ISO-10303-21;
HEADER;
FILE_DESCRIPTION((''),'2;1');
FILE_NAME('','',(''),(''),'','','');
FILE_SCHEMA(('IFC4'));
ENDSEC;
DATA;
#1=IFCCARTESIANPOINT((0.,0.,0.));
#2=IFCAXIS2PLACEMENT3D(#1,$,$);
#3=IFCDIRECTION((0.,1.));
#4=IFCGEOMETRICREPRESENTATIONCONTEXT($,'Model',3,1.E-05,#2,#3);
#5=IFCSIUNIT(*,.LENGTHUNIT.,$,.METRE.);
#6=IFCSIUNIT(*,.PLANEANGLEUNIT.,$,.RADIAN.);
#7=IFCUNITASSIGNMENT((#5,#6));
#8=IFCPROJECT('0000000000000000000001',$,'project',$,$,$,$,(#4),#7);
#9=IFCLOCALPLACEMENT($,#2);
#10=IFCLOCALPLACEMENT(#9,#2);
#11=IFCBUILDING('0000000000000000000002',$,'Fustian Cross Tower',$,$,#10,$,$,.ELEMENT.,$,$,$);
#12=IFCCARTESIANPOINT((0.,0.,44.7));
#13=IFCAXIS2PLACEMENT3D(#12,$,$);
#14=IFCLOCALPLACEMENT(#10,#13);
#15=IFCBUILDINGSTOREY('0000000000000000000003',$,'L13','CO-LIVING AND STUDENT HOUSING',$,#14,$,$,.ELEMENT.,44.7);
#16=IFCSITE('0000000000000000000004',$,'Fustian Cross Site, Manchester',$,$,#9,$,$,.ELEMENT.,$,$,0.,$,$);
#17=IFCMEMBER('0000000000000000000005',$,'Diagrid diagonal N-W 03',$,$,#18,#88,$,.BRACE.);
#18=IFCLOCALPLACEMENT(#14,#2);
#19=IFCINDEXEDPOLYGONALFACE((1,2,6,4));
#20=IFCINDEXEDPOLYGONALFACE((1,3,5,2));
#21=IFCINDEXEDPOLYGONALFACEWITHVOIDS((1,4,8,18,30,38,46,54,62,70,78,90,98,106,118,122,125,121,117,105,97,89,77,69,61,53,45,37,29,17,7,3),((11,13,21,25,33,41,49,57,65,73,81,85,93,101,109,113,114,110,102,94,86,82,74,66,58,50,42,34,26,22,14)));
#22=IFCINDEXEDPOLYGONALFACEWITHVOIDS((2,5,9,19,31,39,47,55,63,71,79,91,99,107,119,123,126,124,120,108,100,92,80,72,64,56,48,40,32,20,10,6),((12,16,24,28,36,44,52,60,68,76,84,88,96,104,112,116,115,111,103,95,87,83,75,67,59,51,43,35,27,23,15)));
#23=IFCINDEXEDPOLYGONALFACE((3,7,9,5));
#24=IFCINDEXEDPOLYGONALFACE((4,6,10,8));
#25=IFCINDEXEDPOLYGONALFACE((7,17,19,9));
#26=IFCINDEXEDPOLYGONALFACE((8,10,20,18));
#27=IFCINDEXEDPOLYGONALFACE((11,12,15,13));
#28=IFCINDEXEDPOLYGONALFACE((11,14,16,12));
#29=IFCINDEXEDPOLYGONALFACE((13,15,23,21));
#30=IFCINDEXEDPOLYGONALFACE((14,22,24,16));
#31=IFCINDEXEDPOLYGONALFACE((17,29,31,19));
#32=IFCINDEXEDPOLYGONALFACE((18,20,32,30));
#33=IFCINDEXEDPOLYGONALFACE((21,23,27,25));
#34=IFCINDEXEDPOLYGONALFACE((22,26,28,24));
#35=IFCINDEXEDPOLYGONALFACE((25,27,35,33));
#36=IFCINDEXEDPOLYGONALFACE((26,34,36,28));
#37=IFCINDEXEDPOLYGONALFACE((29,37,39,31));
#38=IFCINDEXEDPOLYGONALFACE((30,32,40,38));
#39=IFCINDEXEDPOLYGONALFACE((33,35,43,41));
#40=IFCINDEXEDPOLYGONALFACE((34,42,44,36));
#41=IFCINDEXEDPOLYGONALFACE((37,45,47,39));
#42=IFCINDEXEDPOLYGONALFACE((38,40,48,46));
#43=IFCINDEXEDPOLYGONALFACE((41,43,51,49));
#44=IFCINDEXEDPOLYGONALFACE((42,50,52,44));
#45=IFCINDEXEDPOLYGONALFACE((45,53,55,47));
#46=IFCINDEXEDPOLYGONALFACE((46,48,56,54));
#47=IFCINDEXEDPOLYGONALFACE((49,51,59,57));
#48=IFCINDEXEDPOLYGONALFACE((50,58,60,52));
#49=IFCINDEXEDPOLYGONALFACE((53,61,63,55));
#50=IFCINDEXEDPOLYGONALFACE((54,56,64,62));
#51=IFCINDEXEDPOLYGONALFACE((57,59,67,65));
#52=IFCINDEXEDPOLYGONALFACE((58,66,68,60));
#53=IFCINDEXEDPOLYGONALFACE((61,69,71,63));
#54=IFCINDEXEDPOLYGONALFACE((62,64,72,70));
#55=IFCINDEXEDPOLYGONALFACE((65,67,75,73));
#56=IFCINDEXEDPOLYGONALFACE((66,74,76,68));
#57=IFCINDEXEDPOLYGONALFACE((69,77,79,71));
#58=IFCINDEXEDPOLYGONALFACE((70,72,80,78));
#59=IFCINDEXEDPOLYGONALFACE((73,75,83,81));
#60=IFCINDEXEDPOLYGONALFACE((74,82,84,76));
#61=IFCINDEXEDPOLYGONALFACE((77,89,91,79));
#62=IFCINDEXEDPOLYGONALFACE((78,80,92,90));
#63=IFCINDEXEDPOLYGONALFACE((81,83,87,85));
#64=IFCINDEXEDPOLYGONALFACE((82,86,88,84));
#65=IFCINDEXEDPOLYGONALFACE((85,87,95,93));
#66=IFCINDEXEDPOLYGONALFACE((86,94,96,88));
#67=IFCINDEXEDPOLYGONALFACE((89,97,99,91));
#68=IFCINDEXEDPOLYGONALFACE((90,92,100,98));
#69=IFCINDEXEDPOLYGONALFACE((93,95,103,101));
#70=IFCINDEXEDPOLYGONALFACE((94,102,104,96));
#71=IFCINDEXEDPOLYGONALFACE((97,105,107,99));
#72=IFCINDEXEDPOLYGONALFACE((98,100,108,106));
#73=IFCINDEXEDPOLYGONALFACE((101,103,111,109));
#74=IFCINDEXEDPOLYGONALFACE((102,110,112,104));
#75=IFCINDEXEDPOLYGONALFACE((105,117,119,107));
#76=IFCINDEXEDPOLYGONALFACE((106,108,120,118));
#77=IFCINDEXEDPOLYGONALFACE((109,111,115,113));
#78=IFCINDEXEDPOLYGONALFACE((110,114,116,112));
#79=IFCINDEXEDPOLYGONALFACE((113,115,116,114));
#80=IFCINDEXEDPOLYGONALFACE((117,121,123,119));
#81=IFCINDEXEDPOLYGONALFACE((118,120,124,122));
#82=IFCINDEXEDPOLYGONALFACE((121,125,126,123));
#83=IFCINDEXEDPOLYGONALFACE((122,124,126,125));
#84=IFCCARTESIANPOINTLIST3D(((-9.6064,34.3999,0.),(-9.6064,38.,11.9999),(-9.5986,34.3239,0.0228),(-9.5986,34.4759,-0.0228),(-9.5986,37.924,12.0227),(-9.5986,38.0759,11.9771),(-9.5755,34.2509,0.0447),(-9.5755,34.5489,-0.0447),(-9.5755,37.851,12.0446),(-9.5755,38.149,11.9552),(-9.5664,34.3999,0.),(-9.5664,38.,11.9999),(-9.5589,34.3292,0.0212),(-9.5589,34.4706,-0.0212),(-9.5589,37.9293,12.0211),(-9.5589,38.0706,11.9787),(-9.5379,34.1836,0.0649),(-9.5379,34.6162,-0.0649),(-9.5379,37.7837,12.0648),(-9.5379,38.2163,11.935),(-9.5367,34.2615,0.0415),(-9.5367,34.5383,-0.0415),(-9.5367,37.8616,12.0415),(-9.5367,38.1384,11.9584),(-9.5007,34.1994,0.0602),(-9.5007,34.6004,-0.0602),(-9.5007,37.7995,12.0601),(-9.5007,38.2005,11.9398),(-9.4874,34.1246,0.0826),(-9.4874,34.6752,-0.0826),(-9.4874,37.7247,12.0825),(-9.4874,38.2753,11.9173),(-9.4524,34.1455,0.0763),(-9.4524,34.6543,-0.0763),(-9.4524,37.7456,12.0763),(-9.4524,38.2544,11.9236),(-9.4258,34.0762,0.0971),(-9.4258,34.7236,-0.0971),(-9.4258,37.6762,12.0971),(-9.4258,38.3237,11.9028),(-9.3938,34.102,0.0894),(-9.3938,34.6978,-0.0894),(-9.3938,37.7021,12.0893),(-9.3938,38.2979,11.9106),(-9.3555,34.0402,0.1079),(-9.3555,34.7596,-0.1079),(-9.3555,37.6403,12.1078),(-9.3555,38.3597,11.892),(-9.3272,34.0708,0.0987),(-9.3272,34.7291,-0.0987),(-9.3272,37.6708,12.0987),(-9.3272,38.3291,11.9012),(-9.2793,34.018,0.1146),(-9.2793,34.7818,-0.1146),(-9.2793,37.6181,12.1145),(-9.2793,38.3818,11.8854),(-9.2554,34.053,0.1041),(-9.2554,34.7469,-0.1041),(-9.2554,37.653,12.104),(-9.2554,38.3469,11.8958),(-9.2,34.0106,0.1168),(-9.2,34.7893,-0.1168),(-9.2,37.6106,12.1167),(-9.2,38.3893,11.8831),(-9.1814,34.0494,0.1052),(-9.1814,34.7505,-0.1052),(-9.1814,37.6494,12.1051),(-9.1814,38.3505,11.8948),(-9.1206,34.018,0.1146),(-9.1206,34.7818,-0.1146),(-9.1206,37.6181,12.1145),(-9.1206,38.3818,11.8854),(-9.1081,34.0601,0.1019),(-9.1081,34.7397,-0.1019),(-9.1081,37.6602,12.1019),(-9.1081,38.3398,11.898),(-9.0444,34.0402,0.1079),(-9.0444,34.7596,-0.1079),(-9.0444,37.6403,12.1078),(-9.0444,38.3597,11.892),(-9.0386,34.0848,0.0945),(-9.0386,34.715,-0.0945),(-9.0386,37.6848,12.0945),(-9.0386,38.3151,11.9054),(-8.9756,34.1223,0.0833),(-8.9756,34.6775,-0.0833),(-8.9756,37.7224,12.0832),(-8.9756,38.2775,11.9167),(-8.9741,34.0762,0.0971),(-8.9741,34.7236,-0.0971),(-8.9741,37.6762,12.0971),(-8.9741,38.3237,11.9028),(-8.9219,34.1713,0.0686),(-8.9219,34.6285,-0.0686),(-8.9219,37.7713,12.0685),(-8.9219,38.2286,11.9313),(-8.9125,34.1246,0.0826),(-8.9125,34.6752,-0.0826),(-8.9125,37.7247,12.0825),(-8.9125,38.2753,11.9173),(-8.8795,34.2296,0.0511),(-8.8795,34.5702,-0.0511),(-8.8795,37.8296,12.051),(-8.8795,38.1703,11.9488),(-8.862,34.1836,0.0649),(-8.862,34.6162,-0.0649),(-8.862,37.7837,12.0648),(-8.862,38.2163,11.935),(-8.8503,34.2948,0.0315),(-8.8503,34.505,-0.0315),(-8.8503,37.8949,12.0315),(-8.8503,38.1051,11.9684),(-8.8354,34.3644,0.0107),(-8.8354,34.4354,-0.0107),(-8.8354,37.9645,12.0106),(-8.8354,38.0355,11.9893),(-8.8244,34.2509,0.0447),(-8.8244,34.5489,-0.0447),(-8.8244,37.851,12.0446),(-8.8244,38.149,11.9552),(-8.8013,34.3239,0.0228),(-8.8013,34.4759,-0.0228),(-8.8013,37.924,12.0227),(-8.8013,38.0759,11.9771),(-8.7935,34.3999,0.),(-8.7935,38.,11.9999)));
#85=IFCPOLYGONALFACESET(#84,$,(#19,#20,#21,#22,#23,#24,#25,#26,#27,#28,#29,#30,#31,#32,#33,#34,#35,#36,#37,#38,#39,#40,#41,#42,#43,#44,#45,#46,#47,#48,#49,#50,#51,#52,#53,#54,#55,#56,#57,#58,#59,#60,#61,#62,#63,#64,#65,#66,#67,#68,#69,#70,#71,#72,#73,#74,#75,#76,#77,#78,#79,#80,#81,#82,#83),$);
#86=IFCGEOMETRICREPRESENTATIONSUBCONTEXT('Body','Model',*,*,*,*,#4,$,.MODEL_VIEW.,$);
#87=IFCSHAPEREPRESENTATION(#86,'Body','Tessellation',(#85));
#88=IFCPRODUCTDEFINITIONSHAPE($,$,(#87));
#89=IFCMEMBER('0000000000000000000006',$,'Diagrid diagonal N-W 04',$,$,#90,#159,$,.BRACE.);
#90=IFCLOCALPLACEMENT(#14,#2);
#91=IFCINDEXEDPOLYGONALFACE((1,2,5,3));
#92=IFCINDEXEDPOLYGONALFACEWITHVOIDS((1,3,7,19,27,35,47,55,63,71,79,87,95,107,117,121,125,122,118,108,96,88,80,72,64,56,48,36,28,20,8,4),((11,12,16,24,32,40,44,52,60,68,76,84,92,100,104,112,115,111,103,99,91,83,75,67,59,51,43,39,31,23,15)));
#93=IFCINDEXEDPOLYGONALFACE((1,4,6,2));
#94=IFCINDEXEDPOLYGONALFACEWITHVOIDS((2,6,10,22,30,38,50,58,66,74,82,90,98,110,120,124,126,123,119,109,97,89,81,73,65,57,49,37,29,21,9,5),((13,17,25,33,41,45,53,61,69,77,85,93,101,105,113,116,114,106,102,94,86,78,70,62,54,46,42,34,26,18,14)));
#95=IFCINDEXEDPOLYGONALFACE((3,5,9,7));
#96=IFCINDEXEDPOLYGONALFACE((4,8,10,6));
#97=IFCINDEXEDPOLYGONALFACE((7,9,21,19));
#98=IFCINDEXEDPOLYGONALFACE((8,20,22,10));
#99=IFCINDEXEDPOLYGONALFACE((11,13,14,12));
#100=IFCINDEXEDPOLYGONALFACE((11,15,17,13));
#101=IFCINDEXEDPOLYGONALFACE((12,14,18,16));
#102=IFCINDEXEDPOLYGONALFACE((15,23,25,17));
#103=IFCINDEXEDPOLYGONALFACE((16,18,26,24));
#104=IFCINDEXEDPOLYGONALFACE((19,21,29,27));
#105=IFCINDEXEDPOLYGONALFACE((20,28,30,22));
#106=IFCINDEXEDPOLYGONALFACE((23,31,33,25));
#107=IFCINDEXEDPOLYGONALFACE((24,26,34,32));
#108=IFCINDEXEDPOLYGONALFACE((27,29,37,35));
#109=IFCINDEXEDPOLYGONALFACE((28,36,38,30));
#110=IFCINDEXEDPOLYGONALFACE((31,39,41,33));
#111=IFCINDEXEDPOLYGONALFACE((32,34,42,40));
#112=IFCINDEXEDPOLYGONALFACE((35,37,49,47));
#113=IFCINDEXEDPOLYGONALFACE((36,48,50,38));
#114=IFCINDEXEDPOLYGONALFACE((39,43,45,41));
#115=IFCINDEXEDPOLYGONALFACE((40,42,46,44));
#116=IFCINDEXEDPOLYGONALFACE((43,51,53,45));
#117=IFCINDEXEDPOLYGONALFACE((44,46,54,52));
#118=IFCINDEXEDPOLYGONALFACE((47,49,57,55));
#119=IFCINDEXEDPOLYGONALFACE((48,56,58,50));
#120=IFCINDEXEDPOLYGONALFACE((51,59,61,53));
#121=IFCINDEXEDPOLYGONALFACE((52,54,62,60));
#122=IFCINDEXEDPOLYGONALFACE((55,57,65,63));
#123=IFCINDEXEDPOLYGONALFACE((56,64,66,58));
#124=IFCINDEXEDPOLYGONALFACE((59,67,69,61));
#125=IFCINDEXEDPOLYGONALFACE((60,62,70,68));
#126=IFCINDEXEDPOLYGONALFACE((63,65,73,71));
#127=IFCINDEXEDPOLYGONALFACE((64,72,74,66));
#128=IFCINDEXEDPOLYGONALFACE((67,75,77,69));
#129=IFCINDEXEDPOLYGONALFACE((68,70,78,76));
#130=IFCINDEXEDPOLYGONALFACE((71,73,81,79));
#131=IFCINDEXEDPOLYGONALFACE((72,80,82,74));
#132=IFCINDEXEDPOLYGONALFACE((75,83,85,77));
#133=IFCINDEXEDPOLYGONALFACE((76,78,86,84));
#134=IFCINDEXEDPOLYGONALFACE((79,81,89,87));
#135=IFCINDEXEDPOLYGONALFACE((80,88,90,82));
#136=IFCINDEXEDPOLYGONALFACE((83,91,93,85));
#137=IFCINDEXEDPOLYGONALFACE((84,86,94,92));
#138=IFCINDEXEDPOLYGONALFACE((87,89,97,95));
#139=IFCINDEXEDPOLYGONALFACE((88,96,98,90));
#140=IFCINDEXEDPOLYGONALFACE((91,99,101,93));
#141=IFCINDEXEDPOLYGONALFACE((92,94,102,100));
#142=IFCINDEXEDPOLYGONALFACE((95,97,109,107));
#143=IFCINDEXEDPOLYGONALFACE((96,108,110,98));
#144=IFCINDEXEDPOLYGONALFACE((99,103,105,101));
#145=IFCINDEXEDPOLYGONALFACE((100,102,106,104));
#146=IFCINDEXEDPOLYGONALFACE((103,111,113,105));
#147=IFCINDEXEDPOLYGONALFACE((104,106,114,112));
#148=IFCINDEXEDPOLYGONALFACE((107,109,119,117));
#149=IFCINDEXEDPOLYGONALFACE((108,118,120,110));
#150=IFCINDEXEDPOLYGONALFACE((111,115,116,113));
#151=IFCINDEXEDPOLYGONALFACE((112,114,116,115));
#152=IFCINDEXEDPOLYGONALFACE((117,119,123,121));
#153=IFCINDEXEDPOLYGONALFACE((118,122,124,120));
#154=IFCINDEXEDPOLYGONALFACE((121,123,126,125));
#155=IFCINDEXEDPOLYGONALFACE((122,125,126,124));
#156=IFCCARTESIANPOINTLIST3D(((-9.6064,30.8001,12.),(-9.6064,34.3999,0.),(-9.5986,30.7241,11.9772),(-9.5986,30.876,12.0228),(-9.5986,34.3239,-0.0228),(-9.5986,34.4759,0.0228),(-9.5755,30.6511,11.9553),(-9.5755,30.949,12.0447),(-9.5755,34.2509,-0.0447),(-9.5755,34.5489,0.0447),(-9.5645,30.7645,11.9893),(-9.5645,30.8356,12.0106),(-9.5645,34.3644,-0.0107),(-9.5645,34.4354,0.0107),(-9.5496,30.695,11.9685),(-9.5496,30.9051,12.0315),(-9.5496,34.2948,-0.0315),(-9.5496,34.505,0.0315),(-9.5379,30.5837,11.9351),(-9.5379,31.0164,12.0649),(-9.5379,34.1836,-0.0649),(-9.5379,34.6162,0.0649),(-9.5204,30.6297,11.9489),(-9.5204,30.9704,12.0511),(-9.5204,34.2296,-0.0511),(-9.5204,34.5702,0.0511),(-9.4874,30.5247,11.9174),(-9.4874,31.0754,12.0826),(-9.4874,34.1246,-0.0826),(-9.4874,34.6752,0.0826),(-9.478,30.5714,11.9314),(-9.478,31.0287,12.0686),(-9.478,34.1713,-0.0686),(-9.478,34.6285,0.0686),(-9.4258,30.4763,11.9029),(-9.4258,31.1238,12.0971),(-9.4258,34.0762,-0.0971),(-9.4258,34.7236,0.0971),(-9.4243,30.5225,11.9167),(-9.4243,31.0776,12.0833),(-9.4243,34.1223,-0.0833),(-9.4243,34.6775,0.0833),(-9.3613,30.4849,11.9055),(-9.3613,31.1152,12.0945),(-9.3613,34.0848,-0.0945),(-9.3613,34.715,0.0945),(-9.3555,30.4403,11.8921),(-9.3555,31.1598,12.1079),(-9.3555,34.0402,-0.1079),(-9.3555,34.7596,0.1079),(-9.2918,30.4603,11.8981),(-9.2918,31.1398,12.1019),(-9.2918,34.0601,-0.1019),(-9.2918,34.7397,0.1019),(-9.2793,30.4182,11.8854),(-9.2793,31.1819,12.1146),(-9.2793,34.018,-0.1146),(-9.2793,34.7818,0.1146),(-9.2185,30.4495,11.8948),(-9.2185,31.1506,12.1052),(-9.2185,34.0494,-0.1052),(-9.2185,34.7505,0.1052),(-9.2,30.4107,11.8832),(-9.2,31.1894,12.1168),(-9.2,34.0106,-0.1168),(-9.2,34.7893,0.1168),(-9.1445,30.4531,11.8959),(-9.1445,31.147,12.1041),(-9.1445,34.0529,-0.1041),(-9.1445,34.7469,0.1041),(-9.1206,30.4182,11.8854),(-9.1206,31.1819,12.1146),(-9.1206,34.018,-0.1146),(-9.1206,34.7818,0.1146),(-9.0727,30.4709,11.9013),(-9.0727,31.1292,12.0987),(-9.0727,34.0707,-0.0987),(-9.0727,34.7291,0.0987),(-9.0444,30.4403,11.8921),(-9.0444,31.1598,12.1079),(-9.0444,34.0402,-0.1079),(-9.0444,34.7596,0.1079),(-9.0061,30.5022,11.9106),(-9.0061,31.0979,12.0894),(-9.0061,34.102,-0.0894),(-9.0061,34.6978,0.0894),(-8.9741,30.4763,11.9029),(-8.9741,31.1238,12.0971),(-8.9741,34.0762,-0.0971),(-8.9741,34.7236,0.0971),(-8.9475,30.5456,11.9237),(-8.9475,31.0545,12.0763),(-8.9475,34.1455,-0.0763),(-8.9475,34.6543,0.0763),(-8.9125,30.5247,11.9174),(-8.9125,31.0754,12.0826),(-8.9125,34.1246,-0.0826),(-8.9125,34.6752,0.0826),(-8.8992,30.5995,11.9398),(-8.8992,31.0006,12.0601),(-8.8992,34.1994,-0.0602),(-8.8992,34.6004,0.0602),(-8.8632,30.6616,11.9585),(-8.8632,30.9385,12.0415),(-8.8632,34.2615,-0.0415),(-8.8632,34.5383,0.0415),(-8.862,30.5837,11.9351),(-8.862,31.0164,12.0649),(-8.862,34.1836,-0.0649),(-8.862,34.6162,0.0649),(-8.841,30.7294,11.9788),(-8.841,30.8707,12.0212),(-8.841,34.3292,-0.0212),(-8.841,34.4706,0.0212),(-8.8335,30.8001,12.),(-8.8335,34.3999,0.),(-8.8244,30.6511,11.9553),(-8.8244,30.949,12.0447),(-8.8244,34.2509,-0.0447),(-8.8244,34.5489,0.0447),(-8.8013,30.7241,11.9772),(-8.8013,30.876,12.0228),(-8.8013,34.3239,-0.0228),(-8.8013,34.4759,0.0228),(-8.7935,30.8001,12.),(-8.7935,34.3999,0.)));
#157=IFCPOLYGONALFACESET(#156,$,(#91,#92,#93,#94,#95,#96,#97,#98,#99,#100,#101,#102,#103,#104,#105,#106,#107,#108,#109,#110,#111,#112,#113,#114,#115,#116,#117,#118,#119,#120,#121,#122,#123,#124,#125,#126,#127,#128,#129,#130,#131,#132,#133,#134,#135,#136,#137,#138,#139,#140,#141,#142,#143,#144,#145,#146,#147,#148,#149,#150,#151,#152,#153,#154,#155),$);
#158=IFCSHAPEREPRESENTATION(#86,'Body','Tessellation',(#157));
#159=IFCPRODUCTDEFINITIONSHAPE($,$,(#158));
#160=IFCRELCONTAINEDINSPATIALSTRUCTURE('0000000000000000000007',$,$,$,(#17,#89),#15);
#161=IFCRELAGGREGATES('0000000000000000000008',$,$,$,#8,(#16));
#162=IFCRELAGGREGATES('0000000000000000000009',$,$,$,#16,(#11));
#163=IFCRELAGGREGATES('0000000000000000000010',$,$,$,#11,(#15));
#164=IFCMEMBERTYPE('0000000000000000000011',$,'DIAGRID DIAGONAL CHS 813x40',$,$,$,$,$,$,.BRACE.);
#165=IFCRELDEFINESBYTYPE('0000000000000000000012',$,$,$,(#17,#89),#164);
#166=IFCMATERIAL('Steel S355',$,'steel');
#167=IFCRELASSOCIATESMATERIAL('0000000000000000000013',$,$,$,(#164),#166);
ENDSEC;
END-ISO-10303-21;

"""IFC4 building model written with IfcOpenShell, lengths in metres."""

from ifc_helpers import new_model, si_unit, direction, frame, origin, origin_2d, place, context, subcontext, project, spatial, hollow_circle, extrude, material, material_profile, profile_set, type_object, element, save


model = new_model("IFC4")

# Units and contexts
model_context = context("Model", 3, precision=1e-05, world=origin(), true_north=direction((0.0, 1.0)))
body_context = subcontext(model_context, "Body", "Model", "MODEL_VIEW")
ifc_project = project(units=[si_unit("LENGTHUNIT", "METRE"), si_unit("PLANEANGLEUNIT", "RADIAN")], contexts=[model_context])

# Site, building, storey
site_placement = place(None, origin())
site = spatial("IfcSite", under=ifc_project, at=site_placement, Name="Fustian Cross Site, Manchester", CompositionType="ELEMENT", RefElevation=0.0)
building_placement = place(site_placement, origin())
building = spatial("IfcBuilding", under=site, at=building_placement, Name="Fustian Cross Tower", CompositionType="ELEMENT")
storey_placement = place(building_placement, frame((0.0, 0.0, 44.7)))
storey = spatial("IfcBuildingStorey", under=building, at=storey_placement, Name="L13", Description="CO-LIVING AND STUDENT HOUSING", CompositionType="ELEMENT", Elevation=44.7)

# Members
ifc_material_1 = material(Name="Steel S355", Category="steel")
ifc_material_profile_1 = material_profile(ifc_material_1, hollow_circle(Radius=0.4065, WallThickness=0.04, at=origin_2d()), Name="CHS 813x40")
ifc_profile_set_1 = profile_set([ifc_material_profile_1], Name="Steel S355")
member_type_1 = type_object("IfcMemberType", Name="DIAGRID DIAGONAL CHS 813x40", PredefinedType="BRACE", material=ifc_profile_set_1)
for number, where, z_axis, x_axis, name in (
    (1, (-9.2, 34.3999, 0.0), (0.0, 0.287355, 0.957824), (-1.0, 0.0, 0.0), "Diagrid diagonal N-W 03"),
    (2, (-9.2, 34.3999, 0.0), (0.0, -0.287337, 0.95783), (1.0, 0.0, 0.0), "Diagrid diagonal N-W 04"),
):
    element("IfcMember", number, at=place(storey_placement, frame(where, z_axis=z_axis, x_axis=x_axis)), inside=storey, type_object=member_type_1, Name=name, PredefinedType="BRACE", context=body_context, shape_type="SweptSolid", body=[
        extrude(hollow_circle(Radius=0.4065, WallThickness=0.04, at=origin_2d()), origin(), (0.0, 0.0, 1.0), 12.5283),
    ])

save(model, "model.ifc")
